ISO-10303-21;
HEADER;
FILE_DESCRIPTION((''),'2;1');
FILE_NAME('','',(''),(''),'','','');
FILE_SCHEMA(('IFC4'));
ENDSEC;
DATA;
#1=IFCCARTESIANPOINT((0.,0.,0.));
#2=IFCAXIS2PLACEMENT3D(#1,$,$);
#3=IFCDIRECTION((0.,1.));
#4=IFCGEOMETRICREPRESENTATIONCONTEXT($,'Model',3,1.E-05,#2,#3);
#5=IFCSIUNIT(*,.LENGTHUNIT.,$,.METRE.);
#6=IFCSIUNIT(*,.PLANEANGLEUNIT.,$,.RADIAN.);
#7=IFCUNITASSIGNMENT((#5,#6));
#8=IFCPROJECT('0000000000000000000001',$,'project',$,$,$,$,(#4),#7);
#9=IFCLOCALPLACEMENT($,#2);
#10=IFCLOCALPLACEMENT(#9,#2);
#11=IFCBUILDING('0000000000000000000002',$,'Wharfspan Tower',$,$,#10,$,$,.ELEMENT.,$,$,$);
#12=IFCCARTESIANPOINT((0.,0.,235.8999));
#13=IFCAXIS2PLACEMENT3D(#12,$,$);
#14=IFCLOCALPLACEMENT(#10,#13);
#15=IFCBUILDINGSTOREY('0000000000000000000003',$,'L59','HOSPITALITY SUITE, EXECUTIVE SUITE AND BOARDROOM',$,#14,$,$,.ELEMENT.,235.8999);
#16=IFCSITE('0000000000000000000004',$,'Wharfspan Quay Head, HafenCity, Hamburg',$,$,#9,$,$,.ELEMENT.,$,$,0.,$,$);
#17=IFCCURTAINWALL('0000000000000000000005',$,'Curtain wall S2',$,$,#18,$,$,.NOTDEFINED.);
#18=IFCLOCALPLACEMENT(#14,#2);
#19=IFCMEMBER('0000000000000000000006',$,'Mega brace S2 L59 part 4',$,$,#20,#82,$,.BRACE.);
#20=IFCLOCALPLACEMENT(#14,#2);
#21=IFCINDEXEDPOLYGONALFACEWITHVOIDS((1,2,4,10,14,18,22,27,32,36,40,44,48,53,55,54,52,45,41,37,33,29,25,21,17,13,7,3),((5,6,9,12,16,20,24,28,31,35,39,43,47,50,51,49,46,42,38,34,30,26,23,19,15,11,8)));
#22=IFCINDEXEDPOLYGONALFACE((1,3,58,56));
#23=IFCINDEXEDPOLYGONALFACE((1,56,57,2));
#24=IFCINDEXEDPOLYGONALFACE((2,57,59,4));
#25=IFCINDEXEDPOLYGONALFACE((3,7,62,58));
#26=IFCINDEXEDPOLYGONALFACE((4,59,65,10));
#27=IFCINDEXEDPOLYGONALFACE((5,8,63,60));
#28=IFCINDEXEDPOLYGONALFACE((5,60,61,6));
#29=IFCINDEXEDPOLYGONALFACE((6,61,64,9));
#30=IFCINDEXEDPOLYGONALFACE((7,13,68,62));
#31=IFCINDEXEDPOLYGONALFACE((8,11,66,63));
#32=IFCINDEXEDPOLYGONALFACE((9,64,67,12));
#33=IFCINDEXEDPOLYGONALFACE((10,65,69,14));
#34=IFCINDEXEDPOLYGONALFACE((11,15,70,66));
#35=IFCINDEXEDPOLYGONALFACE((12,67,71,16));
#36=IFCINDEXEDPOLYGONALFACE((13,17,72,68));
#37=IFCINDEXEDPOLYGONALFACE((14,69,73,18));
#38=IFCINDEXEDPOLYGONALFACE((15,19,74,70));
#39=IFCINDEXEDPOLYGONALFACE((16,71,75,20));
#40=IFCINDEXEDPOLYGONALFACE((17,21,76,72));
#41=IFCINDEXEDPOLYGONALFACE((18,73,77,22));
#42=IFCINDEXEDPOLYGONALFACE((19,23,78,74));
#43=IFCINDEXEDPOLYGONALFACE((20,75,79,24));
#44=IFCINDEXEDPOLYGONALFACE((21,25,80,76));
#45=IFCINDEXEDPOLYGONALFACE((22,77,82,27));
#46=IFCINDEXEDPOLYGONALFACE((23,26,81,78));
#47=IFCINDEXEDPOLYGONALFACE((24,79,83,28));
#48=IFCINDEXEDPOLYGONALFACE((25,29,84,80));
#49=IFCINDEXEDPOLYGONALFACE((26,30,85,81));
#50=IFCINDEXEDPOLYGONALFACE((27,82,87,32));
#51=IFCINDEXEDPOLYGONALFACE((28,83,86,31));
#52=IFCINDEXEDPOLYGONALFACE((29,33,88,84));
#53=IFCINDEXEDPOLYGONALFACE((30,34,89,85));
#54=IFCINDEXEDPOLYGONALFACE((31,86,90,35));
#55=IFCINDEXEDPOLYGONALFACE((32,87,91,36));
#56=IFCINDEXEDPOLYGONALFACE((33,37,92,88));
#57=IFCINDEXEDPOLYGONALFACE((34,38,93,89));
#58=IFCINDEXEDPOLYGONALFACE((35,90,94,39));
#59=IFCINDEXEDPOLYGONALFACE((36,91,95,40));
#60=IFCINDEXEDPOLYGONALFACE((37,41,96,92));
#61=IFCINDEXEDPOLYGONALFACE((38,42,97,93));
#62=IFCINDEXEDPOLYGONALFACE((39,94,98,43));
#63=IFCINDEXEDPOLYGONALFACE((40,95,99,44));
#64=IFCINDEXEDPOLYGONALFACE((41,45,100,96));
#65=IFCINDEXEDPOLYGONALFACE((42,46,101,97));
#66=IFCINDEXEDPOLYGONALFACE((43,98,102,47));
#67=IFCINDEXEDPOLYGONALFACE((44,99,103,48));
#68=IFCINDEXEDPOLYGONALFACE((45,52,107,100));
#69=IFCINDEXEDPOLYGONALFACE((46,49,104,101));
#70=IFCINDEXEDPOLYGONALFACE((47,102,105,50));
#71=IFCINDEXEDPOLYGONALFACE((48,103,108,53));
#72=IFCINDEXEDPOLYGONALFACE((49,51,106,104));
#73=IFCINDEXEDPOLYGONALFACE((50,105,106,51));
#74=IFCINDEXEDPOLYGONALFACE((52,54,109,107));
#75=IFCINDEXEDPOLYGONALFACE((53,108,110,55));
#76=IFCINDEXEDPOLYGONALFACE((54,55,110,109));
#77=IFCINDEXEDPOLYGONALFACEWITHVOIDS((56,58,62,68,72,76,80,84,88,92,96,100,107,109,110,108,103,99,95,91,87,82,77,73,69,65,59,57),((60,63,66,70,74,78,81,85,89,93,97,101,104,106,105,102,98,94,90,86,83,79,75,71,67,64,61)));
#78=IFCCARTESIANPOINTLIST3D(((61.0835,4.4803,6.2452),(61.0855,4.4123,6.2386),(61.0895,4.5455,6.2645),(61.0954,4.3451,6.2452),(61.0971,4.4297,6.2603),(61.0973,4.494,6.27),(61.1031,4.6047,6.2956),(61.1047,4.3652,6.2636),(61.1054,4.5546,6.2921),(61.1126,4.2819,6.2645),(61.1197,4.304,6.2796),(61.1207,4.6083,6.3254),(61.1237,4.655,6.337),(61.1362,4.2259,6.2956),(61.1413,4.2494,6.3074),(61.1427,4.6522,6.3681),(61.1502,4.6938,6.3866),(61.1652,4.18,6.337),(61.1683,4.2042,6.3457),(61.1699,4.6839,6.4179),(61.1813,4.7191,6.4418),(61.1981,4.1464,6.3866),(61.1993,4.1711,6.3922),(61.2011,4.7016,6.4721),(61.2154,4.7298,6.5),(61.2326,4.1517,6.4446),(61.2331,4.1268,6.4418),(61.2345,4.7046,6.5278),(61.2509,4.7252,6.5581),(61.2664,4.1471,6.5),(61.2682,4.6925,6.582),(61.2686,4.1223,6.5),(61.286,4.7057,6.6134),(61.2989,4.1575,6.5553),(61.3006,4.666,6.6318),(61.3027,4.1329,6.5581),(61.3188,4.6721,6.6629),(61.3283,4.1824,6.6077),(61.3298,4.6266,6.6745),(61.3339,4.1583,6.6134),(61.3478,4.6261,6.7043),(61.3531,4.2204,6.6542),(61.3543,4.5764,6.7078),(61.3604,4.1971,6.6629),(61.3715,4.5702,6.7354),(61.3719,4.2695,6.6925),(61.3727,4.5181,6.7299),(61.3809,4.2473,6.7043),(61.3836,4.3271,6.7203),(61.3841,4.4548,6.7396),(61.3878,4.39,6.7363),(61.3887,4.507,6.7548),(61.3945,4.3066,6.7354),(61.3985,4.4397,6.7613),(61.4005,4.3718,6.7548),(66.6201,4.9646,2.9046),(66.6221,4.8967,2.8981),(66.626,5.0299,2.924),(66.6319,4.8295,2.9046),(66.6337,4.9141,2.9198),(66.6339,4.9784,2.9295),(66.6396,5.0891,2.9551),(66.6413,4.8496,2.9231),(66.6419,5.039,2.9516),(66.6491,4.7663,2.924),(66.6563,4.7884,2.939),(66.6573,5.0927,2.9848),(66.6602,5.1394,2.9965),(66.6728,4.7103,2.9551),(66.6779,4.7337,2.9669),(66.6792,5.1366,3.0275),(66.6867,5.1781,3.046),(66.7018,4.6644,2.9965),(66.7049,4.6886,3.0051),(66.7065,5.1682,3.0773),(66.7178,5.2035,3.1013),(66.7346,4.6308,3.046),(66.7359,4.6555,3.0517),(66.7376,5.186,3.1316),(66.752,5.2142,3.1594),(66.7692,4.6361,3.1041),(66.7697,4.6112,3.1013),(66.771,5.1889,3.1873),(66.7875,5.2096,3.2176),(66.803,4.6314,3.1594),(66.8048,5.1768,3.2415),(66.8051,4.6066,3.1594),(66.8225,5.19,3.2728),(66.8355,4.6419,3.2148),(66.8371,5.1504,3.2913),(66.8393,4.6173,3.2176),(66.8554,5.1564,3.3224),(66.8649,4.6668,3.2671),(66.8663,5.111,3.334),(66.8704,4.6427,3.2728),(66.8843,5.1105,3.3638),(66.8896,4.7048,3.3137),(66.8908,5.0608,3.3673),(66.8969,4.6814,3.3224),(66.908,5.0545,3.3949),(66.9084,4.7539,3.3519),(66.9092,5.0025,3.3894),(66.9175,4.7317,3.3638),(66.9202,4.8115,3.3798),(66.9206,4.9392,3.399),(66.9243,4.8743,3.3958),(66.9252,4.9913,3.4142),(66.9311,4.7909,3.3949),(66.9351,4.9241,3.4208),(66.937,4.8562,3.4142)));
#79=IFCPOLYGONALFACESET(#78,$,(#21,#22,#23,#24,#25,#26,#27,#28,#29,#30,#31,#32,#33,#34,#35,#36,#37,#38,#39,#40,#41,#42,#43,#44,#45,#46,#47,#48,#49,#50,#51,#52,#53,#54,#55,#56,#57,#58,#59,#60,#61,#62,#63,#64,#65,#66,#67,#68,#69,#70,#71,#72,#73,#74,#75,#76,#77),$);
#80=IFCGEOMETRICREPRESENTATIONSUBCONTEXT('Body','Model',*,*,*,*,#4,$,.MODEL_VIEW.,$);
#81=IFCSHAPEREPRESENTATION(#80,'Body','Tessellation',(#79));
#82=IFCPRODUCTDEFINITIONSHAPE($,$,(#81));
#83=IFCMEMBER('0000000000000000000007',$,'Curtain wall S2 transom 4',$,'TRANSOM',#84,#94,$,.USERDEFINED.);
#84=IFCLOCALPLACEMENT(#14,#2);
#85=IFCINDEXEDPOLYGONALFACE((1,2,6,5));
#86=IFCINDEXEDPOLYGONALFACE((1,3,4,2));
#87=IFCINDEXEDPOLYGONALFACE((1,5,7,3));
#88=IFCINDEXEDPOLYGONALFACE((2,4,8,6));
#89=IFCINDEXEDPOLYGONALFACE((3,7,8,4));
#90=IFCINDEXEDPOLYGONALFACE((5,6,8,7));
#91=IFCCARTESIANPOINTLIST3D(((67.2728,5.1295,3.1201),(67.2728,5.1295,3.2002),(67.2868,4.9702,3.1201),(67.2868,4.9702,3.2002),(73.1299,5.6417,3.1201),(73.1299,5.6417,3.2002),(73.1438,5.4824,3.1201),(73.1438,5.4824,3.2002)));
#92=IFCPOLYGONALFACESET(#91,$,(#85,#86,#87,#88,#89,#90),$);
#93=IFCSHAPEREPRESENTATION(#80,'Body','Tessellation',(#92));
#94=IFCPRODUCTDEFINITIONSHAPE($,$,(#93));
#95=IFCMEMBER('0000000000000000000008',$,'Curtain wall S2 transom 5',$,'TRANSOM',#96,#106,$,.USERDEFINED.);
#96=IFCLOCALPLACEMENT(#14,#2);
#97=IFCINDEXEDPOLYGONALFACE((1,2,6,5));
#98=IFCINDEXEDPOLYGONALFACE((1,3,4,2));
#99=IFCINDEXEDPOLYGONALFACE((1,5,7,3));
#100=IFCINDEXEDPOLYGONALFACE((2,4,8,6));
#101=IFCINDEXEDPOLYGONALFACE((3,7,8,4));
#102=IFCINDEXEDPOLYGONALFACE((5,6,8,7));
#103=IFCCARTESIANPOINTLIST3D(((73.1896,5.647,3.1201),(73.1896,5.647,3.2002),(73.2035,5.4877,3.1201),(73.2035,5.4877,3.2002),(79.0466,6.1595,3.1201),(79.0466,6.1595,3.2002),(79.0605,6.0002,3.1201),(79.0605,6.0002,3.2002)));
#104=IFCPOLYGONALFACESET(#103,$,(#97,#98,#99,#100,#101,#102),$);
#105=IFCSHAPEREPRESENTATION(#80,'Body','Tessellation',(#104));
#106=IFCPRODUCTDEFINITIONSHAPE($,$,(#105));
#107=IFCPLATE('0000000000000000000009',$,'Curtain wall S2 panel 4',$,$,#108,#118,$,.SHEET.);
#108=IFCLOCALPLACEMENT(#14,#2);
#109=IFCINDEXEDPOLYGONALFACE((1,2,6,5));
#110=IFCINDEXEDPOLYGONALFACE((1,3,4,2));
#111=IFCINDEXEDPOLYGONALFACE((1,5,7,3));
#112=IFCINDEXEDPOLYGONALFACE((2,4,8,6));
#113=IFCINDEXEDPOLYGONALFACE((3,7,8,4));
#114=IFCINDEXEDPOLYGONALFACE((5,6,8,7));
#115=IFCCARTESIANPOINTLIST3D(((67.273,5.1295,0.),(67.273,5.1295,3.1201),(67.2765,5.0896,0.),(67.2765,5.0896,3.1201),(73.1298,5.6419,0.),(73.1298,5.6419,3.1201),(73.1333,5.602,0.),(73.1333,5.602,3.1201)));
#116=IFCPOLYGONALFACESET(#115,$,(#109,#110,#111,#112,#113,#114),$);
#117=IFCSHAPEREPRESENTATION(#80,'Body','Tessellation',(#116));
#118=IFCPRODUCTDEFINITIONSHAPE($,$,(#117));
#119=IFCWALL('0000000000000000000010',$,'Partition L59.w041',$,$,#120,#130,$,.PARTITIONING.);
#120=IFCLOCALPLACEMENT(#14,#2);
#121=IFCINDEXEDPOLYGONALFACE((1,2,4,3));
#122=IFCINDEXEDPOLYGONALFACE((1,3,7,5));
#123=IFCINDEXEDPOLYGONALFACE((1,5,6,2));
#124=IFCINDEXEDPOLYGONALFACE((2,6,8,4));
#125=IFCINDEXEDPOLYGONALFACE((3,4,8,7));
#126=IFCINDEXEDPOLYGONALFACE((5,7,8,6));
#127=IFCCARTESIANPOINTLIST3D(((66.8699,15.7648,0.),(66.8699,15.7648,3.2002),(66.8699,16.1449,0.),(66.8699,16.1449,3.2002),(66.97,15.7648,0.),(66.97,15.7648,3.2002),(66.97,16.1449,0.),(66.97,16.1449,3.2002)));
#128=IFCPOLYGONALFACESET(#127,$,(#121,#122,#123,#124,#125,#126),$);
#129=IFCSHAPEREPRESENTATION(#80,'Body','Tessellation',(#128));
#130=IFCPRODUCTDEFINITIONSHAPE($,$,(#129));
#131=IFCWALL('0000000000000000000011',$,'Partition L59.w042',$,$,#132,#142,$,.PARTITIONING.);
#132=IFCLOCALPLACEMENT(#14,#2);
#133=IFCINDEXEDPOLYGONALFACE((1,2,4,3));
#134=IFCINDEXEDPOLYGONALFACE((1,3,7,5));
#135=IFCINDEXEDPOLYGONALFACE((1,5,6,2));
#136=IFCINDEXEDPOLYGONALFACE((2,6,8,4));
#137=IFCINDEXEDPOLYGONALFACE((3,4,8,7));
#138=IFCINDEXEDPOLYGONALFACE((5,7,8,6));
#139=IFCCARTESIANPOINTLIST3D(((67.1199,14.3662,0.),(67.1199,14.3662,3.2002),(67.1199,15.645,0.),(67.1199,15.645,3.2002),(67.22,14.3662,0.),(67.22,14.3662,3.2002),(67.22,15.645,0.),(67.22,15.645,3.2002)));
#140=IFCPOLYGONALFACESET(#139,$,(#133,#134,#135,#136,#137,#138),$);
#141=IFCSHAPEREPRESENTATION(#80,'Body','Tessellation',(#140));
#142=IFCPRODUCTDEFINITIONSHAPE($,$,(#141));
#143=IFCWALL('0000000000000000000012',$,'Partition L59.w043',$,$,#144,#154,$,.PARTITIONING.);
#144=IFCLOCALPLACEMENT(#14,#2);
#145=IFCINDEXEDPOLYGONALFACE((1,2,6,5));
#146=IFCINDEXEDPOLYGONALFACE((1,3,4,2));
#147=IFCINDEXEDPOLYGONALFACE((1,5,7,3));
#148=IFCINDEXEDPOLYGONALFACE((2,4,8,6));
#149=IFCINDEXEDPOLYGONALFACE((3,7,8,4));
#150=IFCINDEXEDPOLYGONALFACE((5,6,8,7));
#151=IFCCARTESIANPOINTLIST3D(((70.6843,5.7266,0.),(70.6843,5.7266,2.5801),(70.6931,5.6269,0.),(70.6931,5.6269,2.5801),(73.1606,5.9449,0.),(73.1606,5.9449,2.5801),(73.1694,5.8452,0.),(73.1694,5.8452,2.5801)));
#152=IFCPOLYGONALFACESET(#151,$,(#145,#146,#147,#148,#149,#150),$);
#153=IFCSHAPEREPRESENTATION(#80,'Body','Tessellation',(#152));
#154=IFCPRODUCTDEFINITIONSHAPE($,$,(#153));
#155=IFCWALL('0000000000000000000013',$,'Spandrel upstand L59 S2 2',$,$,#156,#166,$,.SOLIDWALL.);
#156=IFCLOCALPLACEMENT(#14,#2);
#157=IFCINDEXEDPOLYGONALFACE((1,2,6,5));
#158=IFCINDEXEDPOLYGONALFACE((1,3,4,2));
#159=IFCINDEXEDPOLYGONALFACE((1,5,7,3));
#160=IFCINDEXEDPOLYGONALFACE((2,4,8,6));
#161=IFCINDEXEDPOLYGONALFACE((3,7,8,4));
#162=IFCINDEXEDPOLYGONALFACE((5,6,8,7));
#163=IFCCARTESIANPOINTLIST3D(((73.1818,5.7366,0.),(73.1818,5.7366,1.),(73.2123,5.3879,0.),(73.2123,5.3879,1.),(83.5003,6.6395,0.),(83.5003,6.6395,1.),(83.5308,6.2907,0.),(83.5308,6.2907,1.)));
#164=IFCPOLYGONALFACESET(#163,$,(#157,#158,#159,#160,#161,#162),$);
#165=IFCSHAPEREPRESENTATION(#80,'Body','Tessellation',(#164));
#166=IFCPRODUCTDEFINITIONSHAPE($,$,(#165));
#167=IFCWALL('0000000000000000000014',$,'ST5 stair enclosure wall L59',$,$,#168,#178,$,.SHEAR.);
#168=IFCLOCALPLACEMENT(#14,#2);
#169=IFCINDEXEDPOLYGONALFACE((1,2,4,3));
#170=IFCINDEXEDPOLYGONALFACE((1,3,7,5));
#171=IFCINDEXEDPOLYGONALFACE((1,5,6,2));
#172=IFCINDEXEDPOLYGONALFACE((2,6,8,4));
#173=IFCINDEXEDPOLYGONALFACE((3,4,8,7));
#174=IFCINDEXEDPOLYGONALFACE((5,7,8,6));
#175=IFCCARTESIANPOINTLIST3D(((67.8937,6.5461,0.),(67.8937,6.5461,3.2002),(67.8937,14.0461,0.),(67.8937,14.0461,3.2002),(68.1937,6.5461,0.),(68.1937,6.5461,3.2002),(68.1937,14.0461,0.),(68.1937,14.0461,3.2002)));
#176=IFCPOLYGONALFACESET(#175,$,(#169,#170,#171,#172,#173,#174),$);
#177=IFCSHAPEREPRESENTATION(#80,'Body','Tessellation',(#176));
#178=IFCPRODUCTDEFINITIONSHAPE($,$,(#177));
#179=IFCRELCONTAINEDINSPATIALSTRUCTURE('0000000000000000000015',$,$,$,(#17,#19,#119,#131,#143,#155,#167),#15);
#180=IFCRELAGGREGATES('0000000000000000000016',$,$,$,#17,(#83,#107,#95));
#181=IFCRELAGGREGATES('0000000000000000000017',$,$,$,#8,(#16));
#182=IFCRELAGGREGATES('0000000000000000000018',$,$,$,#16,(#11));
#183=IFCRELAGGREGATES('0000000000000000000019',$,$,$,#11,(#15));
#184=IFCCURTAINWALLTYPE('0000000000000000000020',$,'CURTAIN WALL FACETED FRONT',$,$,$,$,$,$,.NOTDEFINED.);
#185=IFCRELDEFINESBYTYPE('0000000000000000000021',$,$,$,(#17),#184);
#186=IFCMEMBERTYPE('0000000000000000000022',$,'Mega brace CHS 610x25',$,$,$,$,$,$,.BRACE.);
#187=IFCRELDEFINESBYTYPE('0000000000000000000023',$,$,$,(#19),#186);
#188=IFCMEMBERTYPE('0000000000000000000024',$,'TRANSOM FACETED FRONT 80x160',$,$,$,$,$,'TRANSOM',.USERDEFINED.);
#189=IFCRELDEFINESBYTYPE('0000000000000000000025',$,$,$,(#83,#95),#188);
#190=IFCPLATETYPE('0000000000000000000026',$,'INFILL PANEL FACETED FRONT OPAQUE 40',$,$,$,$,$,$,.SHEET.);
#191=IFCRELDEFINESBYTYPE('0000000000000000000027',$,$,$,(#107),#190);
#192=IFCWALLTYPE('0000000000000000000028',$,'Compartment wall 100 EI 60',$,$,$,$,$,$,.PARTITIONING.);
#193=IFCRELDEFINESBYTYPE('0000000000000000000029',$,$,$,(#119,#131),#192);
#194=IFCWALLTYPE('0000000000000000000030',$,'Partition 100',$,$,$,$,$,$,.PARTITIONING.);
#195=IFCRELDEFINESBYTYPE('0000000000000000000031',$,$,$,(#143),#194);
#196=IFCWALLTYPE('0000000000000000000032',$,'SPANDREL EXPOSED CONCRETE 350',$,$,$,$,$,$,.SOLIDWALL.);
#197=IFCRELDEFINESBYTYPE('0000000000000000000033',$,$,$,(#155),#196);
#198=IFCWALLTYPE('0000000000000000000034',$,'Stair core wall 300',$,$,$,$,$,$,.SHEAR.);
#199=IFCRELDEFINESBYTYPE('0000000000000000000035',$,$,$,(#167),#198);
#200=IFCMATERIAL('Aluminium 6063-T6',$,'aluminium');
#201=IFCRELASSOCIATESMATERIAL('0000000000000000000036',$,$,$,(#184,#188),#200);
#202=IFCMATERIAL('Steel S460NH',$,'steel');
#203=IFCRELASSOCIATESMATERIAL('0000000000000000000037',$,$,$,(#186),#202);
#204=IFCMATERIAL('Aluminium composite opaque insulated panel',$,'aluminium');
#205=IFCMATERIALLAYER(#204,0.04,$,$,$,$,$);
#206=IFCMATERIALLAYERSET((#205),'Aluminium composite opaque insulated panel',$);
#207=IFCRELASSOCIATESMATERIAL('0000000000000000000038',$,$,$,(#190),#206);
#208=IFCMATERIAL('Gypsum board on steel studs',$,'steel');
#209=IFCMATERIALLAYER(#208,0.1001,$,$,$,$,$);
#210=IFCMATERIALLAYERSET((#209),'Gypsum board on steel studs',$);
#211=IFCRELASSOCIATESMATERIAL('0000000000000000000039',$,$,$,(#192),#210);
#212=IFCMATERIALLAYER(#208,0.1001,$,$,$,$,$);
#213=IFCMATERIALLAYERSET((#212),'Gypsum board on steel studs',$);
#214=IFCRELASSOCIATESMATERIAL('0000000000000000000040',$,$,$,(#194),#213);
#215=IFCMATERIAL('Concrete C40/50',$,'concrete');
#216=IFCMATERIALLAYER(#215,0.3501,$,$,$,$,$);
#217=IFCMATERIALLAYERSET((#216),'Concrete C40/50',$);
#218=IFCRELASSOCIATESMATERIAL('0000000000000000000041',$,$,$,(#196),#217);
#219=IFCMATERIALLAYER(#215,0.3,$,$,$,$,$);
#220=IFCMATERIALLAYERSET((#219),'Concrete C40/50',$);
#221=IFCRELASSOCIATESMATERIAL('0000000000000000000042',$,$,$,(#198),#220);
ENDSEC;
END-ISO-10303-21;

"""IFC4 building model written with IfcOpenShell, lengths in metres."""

from ifc_helpers import new_model, si_unit, direction, frame, frame_2d, origin, origin_2d, place, context, subcontext, project, spatial, rectangle, hollow_circle, extrude, material, layer, layer_set, material_profile, profile_set, type_object, element, aggregate, save


model = new_model("IFC4")

# Units and contexts
model_context = context("Model", 3, precision=1e-05, world=origin(), true_north=direction((0.0, 1.0)))
body_context = subcontext(model_context, "Body", "Model", "MODEL_VIEW")
ifc_project = project(units=[si_unit("LENGTHUNIT", "METRE"), si_unit("PLANEANGLEUNIT", "RADIAN")], contexts=[model_context])

# Site, building, storey
site_placement = place(None, origin())
site = spatial("IfcSite", under=ifc_project, at=site_placement, Name="Wharfspan Quay Head, HafenCity, Hamburg", CompositionType="ELEMENT", RefElevation=0.0)
building_placement = place(site_placement, origin())
building = spatial("IfcBuilding", under=site, at=building_placement, Name="Wharfspan Tower", CompositionType="ELEMENT")
storey_placement = place(building_placement, frame((0.0, 0.0, 235.8999)))
storey = spatial("IfcBuildingStorey", under=building, at=storey_placement, Name="L59", Description="HOSPITALITY SUITE, EXECUTIVE SUITE AND BOARDROOM", CompositionType="ELEMENT", Elevation=235.8999)

# Curtain wall
ifc_material_1 = material(Name="Aluminium 6063-T6", Category="aluminium")
curtain_wall_type = type_object("IfcCurtainWallType", Name="CURTAIN WALL FACETED FRONT", PredefinedType="NOTDEFINED", material=ifc_material_1)
curtain_wall_placement = place(storey_placement, origin())
curtain_wall = element("IfcCurtainWall", 1, at=curtain_wall_placement, inside=storey, type_object=curtain_wall_type, Name="Curtain wall S2", PredefinedType="NOTDEFINED")

# Member
ifc_material_2 = material(Name="Steel S460NH", Category="steel")
ifc_material_profile_1 = material_profile(ifc_material_2, hollow_circle(Radius=0.3049, WallThickness=0.0249, at=origin_2d()))
ifc_profile_set_1 = profile_set([ifc_material_profile_1], Name="Steel S460NH")
member_type_1 = type_object("IfcMemberType", Name="Mega brace CHS 610x25", PredefinedType="BRACE", material=ifc_profile_set_1)
for number, where, z_axis, x_axis, name in (
    (2, (66.7786, 4.9104, 3.1594), (-0.853829, -0.074698, 0.515166), (0.087155, -0.996197, 0.000003), "Mega brace S2 L59 part 4"),
):
    element("IfcMember", number, at=place(storey_placement, frame(where, z_axis=z_axis, x_axis=x_axis)), inside=storey, type_object=member_type_1, Name=name, PredefinedType="BRACE", context=body_context, shape_type="SweptSolid", body=[
        extrude(hollow_circle(Radius=0.3049, WallThickness=0.0249, at=origin_2d()), origin(), (0.0, 0.0, 1.0), 6.4844),
    ])

# Members
ifc_material_profile_2 = material_profile(ifc_material_1, rectangle(XDim=0.1599, YDim=0.0801, at=origin_2d()))
ifc_profile_set_2 = profile_set([ifc_material_profile_2], Name="Aluminium 6063-T6")
member_type_2 = type_object("IfcMemberType", Name="TRANSOM FACETED FRONT 80x160", ElementType="TRANSOM", PredefinedType="USERDEFINED", material=ifc_profile_set_2)
member_1_placement = place(storey_placement, frame((67.2798, 5.0498, 3.1602), z_axis=(0.996198, 0.087121, 0.0), x_axis=(-0.087121, 0.996198, 0.0)))
member_1 = element("IfcMember", 3, at=member_1_placement, type_object=member_type_2, Name="Curtain wall S2 transom 4", ObjectType="TRANSOM", PredefinedType="USERDEFINED", context=body_context, shape_type="SweptSolid", body=[
    extrude(rectangle(XDim=0.1599, YDim=0.0801, at=origin_2d()), origin(), (0.0, 0.0, 1.0), 5.8794),
])
member_2_placement = place(storey_placement, frame((73.1965, 5.5674, 3.1602), z_axis=(0.996194, 0.087162, 0.0), x_axis=(-0.087162, 0.996194, 0.0)))
member_2 = element("IfcMember", 4, at=member_2_placement, type_object=member_type_2, Name="Curtain wall S2 transom 5", ObjectType="TRANSOM", PredefinedType="USERDEFINED", context=body_context, shape_type="SweptSolid", body=[
    extrude(rectangle(XDim=0.1599, YDim=0.0801, at=origin_2d()), origin(), (0.0, 0.0, 1.0), 5.8794),
])

# Plate
ifc_material_3 = material(Name="Aluminium composite opaque insulated panel", Category="aluminium")
ifc_layer_1 = layer(ifc_material_3, 0.04)
ifc_layer_set_1 = layer_set([ifc_layer_1], Name="Aluminium composite opaque insulated panel")
plate_type = type_object("IfcPlateType", Name="INFILL PANEL FACETED FRONT OPAQUE 40", PredefinedType="SHEET", material=ifc_layer_set_1)
plate_placement = place(storey_placement, frame((70.2031, 5.3657, 0.0), z_axis=(0.0, 0.0, 1.0), x_axis=(0.996197, 0.087156, 0.0)))
plate = element("IfcPlate", 5, at=plate_placement, type_object=plate_type, Name="Curtain wall S2 panel 4", PredefinedType="SHEET", context=body_context, shape_type="SweptSolid", body=[
    extrude(rectangle(XDim=5.8792, YDim=0.04, at=origin_2d()), origin(), (0.0, 0.0, 1.0), 3.1201),
])
aggregate(curtain_wall, [member_1, plate, member_2])

# Walls
ifc_material_4 = material(Name="Gypsum board on steel studs", Category="steel")
ifc_layer_2 = layer(ifc_material_4, 0.1001)
ifc_layer_set_2 = layer_set([ifc_layer_2], Name="Gypsum board on steel studs")
wall_type_1 = type_object("IfcWallType", Name="Compartment wall 100 EI 60", PredefinedType="PARTITIONING", material=ifc_layer_set_2)
wall_1_placement = place(storey_placement, frame((66.9199, 15.7649, 0.0), z_axis=(0.0, 0.0, 1.0), x_axis=(0.0, 1.0, 0.0)))
element("IfcWall", 6, at=wall_1_placement, inside=storey, type_object=wall_type_1, Name="Partition L59.w041", PredefinedType="PARTITIONING", context=body_context, shape_type="SweptSolid", body=[
    extrude(rectangle(XDim=0.3801, YDim=0.1001, at=frame_2d((0.1899, 0.0))), origin(), (0.0, 0.0, 1.0), 3.2002),
])
wall_2_placement = place(storey_placement, frame((67.1699, 14.3662, 0.0), z_axis=(0.0, 0.0, 1.0), x_axis=(0.0, 1.0, 0.0)))
element("IfcWall", 7, at=wall_2_placement, inside=storey, type_object=wall_type_1, Name="Partition L59.w042", PredefinedType="PARTITIONING", context=body_context, shape_type="SweptSolid", body=[
    extrude(rectangle(XDim=1.2788, YDim=0.1001, at=frame_2d((0.6394, 0.0))), origin(), (0.0, 0.0, 1.0), 3.2002),
])
ifc_layer_3 = layer(ifc_material_4, 0.1001)
ifc_layer_set_3 = layer_set([ifc_layer_3], Name="Gypsum board on steel studs")
wall_type_2 = type_object("IfcWallType", Name="Partition 100", PredefinedType="PARTITIONING", material=ifc_layer_set_3)
wall_3_placement = place(storey_placement, frame((70.6887, 5.6768, 0.0), z_axis=(0.0, 0.0, 1.0), x_axis=(0.996136, 0.087799, 0.0)))
element("IfcWall", 8, at=wall_3_placement, inside=storey, type_object=wall_type_2, Name="Partition L59.w043", PredefinedType="PARTITIONING", context=body_context, shape_type="SweptSolid", body=[
    extrude(rectangle(XDim=2.4858, YDim=0.1001, at=frame_2d((1.2429, 0.0))), origin(), (0.0, 0.0, 1.0), 2.5801),
])
ifc_material_5 = material(Name="Concrete C40/50", Category="concrete")
ifc_layer_4 = layer(ifc_material_5, 0.3501)
ifc_layer_set_4 = layer_set([ifc_layer_4], Name="Concrete C40/50")
wall_type_3 = type_object("IfcWallType", Name="SPANDREL EXPOSED CONCRETE 350", PredefinedType="SOLIDWALL", material=ifc_layer_set_4)
wall_4_placement = place(storey_placement, frame((73.197, 5.5623, 0.0), z_axis=(0.0, 0.0, 1.0), x_axis=(0.996198, 0.087163, 0.0)))
element("IfcWall", 9, at=wall_4_placement, inside=storey, type_object=wall_type_3, Name="Spandrel upstand L59 S2 2", PredefinedType="SOLIDWALL", context=body_context, shape_type="SweptSolid", body=[
    extrude(rectangle(XDim=10.3579, YDim=0.3501, at=frame_2d((5.179, 0.0))), origin(), (0.0, 0.0, 1.0), 1.0),
])
ifc_layer_5 = layer(ifc_material_5, 0.3)
ifc_layer_set_5 = layer_set([ifc_layer_5], Name="Concrete C40/50")
wall_type_4 = type_object("IfcWallType", Name="Stair core wall 300", PredefinedType="SHEAR", material=ifc_layer_set_5)
wall_5_placement = place(storey_placement, frame((68.0437, 6.5461, 0.0), z_axis=(0.0, 0.0, 1.0), x_axis=(0.0, 1.0, 0.0)))
element("IfcWall", 10, at=wall_5_placement, inside=storey, type_object=wall_type_4, Name="ST5 stair enclosure wall L59", PredefinedType="SHEAR", context=body_context, shape_type="SweptSolid", body=[
    extrude(rectangle(XDim=7.5, YDim=0.3, at=frame_2d((3.75, 0.0))), origin(), (0.0, 0.0, 1.0), 3.2002),
])

save(model, "model.ifc")
